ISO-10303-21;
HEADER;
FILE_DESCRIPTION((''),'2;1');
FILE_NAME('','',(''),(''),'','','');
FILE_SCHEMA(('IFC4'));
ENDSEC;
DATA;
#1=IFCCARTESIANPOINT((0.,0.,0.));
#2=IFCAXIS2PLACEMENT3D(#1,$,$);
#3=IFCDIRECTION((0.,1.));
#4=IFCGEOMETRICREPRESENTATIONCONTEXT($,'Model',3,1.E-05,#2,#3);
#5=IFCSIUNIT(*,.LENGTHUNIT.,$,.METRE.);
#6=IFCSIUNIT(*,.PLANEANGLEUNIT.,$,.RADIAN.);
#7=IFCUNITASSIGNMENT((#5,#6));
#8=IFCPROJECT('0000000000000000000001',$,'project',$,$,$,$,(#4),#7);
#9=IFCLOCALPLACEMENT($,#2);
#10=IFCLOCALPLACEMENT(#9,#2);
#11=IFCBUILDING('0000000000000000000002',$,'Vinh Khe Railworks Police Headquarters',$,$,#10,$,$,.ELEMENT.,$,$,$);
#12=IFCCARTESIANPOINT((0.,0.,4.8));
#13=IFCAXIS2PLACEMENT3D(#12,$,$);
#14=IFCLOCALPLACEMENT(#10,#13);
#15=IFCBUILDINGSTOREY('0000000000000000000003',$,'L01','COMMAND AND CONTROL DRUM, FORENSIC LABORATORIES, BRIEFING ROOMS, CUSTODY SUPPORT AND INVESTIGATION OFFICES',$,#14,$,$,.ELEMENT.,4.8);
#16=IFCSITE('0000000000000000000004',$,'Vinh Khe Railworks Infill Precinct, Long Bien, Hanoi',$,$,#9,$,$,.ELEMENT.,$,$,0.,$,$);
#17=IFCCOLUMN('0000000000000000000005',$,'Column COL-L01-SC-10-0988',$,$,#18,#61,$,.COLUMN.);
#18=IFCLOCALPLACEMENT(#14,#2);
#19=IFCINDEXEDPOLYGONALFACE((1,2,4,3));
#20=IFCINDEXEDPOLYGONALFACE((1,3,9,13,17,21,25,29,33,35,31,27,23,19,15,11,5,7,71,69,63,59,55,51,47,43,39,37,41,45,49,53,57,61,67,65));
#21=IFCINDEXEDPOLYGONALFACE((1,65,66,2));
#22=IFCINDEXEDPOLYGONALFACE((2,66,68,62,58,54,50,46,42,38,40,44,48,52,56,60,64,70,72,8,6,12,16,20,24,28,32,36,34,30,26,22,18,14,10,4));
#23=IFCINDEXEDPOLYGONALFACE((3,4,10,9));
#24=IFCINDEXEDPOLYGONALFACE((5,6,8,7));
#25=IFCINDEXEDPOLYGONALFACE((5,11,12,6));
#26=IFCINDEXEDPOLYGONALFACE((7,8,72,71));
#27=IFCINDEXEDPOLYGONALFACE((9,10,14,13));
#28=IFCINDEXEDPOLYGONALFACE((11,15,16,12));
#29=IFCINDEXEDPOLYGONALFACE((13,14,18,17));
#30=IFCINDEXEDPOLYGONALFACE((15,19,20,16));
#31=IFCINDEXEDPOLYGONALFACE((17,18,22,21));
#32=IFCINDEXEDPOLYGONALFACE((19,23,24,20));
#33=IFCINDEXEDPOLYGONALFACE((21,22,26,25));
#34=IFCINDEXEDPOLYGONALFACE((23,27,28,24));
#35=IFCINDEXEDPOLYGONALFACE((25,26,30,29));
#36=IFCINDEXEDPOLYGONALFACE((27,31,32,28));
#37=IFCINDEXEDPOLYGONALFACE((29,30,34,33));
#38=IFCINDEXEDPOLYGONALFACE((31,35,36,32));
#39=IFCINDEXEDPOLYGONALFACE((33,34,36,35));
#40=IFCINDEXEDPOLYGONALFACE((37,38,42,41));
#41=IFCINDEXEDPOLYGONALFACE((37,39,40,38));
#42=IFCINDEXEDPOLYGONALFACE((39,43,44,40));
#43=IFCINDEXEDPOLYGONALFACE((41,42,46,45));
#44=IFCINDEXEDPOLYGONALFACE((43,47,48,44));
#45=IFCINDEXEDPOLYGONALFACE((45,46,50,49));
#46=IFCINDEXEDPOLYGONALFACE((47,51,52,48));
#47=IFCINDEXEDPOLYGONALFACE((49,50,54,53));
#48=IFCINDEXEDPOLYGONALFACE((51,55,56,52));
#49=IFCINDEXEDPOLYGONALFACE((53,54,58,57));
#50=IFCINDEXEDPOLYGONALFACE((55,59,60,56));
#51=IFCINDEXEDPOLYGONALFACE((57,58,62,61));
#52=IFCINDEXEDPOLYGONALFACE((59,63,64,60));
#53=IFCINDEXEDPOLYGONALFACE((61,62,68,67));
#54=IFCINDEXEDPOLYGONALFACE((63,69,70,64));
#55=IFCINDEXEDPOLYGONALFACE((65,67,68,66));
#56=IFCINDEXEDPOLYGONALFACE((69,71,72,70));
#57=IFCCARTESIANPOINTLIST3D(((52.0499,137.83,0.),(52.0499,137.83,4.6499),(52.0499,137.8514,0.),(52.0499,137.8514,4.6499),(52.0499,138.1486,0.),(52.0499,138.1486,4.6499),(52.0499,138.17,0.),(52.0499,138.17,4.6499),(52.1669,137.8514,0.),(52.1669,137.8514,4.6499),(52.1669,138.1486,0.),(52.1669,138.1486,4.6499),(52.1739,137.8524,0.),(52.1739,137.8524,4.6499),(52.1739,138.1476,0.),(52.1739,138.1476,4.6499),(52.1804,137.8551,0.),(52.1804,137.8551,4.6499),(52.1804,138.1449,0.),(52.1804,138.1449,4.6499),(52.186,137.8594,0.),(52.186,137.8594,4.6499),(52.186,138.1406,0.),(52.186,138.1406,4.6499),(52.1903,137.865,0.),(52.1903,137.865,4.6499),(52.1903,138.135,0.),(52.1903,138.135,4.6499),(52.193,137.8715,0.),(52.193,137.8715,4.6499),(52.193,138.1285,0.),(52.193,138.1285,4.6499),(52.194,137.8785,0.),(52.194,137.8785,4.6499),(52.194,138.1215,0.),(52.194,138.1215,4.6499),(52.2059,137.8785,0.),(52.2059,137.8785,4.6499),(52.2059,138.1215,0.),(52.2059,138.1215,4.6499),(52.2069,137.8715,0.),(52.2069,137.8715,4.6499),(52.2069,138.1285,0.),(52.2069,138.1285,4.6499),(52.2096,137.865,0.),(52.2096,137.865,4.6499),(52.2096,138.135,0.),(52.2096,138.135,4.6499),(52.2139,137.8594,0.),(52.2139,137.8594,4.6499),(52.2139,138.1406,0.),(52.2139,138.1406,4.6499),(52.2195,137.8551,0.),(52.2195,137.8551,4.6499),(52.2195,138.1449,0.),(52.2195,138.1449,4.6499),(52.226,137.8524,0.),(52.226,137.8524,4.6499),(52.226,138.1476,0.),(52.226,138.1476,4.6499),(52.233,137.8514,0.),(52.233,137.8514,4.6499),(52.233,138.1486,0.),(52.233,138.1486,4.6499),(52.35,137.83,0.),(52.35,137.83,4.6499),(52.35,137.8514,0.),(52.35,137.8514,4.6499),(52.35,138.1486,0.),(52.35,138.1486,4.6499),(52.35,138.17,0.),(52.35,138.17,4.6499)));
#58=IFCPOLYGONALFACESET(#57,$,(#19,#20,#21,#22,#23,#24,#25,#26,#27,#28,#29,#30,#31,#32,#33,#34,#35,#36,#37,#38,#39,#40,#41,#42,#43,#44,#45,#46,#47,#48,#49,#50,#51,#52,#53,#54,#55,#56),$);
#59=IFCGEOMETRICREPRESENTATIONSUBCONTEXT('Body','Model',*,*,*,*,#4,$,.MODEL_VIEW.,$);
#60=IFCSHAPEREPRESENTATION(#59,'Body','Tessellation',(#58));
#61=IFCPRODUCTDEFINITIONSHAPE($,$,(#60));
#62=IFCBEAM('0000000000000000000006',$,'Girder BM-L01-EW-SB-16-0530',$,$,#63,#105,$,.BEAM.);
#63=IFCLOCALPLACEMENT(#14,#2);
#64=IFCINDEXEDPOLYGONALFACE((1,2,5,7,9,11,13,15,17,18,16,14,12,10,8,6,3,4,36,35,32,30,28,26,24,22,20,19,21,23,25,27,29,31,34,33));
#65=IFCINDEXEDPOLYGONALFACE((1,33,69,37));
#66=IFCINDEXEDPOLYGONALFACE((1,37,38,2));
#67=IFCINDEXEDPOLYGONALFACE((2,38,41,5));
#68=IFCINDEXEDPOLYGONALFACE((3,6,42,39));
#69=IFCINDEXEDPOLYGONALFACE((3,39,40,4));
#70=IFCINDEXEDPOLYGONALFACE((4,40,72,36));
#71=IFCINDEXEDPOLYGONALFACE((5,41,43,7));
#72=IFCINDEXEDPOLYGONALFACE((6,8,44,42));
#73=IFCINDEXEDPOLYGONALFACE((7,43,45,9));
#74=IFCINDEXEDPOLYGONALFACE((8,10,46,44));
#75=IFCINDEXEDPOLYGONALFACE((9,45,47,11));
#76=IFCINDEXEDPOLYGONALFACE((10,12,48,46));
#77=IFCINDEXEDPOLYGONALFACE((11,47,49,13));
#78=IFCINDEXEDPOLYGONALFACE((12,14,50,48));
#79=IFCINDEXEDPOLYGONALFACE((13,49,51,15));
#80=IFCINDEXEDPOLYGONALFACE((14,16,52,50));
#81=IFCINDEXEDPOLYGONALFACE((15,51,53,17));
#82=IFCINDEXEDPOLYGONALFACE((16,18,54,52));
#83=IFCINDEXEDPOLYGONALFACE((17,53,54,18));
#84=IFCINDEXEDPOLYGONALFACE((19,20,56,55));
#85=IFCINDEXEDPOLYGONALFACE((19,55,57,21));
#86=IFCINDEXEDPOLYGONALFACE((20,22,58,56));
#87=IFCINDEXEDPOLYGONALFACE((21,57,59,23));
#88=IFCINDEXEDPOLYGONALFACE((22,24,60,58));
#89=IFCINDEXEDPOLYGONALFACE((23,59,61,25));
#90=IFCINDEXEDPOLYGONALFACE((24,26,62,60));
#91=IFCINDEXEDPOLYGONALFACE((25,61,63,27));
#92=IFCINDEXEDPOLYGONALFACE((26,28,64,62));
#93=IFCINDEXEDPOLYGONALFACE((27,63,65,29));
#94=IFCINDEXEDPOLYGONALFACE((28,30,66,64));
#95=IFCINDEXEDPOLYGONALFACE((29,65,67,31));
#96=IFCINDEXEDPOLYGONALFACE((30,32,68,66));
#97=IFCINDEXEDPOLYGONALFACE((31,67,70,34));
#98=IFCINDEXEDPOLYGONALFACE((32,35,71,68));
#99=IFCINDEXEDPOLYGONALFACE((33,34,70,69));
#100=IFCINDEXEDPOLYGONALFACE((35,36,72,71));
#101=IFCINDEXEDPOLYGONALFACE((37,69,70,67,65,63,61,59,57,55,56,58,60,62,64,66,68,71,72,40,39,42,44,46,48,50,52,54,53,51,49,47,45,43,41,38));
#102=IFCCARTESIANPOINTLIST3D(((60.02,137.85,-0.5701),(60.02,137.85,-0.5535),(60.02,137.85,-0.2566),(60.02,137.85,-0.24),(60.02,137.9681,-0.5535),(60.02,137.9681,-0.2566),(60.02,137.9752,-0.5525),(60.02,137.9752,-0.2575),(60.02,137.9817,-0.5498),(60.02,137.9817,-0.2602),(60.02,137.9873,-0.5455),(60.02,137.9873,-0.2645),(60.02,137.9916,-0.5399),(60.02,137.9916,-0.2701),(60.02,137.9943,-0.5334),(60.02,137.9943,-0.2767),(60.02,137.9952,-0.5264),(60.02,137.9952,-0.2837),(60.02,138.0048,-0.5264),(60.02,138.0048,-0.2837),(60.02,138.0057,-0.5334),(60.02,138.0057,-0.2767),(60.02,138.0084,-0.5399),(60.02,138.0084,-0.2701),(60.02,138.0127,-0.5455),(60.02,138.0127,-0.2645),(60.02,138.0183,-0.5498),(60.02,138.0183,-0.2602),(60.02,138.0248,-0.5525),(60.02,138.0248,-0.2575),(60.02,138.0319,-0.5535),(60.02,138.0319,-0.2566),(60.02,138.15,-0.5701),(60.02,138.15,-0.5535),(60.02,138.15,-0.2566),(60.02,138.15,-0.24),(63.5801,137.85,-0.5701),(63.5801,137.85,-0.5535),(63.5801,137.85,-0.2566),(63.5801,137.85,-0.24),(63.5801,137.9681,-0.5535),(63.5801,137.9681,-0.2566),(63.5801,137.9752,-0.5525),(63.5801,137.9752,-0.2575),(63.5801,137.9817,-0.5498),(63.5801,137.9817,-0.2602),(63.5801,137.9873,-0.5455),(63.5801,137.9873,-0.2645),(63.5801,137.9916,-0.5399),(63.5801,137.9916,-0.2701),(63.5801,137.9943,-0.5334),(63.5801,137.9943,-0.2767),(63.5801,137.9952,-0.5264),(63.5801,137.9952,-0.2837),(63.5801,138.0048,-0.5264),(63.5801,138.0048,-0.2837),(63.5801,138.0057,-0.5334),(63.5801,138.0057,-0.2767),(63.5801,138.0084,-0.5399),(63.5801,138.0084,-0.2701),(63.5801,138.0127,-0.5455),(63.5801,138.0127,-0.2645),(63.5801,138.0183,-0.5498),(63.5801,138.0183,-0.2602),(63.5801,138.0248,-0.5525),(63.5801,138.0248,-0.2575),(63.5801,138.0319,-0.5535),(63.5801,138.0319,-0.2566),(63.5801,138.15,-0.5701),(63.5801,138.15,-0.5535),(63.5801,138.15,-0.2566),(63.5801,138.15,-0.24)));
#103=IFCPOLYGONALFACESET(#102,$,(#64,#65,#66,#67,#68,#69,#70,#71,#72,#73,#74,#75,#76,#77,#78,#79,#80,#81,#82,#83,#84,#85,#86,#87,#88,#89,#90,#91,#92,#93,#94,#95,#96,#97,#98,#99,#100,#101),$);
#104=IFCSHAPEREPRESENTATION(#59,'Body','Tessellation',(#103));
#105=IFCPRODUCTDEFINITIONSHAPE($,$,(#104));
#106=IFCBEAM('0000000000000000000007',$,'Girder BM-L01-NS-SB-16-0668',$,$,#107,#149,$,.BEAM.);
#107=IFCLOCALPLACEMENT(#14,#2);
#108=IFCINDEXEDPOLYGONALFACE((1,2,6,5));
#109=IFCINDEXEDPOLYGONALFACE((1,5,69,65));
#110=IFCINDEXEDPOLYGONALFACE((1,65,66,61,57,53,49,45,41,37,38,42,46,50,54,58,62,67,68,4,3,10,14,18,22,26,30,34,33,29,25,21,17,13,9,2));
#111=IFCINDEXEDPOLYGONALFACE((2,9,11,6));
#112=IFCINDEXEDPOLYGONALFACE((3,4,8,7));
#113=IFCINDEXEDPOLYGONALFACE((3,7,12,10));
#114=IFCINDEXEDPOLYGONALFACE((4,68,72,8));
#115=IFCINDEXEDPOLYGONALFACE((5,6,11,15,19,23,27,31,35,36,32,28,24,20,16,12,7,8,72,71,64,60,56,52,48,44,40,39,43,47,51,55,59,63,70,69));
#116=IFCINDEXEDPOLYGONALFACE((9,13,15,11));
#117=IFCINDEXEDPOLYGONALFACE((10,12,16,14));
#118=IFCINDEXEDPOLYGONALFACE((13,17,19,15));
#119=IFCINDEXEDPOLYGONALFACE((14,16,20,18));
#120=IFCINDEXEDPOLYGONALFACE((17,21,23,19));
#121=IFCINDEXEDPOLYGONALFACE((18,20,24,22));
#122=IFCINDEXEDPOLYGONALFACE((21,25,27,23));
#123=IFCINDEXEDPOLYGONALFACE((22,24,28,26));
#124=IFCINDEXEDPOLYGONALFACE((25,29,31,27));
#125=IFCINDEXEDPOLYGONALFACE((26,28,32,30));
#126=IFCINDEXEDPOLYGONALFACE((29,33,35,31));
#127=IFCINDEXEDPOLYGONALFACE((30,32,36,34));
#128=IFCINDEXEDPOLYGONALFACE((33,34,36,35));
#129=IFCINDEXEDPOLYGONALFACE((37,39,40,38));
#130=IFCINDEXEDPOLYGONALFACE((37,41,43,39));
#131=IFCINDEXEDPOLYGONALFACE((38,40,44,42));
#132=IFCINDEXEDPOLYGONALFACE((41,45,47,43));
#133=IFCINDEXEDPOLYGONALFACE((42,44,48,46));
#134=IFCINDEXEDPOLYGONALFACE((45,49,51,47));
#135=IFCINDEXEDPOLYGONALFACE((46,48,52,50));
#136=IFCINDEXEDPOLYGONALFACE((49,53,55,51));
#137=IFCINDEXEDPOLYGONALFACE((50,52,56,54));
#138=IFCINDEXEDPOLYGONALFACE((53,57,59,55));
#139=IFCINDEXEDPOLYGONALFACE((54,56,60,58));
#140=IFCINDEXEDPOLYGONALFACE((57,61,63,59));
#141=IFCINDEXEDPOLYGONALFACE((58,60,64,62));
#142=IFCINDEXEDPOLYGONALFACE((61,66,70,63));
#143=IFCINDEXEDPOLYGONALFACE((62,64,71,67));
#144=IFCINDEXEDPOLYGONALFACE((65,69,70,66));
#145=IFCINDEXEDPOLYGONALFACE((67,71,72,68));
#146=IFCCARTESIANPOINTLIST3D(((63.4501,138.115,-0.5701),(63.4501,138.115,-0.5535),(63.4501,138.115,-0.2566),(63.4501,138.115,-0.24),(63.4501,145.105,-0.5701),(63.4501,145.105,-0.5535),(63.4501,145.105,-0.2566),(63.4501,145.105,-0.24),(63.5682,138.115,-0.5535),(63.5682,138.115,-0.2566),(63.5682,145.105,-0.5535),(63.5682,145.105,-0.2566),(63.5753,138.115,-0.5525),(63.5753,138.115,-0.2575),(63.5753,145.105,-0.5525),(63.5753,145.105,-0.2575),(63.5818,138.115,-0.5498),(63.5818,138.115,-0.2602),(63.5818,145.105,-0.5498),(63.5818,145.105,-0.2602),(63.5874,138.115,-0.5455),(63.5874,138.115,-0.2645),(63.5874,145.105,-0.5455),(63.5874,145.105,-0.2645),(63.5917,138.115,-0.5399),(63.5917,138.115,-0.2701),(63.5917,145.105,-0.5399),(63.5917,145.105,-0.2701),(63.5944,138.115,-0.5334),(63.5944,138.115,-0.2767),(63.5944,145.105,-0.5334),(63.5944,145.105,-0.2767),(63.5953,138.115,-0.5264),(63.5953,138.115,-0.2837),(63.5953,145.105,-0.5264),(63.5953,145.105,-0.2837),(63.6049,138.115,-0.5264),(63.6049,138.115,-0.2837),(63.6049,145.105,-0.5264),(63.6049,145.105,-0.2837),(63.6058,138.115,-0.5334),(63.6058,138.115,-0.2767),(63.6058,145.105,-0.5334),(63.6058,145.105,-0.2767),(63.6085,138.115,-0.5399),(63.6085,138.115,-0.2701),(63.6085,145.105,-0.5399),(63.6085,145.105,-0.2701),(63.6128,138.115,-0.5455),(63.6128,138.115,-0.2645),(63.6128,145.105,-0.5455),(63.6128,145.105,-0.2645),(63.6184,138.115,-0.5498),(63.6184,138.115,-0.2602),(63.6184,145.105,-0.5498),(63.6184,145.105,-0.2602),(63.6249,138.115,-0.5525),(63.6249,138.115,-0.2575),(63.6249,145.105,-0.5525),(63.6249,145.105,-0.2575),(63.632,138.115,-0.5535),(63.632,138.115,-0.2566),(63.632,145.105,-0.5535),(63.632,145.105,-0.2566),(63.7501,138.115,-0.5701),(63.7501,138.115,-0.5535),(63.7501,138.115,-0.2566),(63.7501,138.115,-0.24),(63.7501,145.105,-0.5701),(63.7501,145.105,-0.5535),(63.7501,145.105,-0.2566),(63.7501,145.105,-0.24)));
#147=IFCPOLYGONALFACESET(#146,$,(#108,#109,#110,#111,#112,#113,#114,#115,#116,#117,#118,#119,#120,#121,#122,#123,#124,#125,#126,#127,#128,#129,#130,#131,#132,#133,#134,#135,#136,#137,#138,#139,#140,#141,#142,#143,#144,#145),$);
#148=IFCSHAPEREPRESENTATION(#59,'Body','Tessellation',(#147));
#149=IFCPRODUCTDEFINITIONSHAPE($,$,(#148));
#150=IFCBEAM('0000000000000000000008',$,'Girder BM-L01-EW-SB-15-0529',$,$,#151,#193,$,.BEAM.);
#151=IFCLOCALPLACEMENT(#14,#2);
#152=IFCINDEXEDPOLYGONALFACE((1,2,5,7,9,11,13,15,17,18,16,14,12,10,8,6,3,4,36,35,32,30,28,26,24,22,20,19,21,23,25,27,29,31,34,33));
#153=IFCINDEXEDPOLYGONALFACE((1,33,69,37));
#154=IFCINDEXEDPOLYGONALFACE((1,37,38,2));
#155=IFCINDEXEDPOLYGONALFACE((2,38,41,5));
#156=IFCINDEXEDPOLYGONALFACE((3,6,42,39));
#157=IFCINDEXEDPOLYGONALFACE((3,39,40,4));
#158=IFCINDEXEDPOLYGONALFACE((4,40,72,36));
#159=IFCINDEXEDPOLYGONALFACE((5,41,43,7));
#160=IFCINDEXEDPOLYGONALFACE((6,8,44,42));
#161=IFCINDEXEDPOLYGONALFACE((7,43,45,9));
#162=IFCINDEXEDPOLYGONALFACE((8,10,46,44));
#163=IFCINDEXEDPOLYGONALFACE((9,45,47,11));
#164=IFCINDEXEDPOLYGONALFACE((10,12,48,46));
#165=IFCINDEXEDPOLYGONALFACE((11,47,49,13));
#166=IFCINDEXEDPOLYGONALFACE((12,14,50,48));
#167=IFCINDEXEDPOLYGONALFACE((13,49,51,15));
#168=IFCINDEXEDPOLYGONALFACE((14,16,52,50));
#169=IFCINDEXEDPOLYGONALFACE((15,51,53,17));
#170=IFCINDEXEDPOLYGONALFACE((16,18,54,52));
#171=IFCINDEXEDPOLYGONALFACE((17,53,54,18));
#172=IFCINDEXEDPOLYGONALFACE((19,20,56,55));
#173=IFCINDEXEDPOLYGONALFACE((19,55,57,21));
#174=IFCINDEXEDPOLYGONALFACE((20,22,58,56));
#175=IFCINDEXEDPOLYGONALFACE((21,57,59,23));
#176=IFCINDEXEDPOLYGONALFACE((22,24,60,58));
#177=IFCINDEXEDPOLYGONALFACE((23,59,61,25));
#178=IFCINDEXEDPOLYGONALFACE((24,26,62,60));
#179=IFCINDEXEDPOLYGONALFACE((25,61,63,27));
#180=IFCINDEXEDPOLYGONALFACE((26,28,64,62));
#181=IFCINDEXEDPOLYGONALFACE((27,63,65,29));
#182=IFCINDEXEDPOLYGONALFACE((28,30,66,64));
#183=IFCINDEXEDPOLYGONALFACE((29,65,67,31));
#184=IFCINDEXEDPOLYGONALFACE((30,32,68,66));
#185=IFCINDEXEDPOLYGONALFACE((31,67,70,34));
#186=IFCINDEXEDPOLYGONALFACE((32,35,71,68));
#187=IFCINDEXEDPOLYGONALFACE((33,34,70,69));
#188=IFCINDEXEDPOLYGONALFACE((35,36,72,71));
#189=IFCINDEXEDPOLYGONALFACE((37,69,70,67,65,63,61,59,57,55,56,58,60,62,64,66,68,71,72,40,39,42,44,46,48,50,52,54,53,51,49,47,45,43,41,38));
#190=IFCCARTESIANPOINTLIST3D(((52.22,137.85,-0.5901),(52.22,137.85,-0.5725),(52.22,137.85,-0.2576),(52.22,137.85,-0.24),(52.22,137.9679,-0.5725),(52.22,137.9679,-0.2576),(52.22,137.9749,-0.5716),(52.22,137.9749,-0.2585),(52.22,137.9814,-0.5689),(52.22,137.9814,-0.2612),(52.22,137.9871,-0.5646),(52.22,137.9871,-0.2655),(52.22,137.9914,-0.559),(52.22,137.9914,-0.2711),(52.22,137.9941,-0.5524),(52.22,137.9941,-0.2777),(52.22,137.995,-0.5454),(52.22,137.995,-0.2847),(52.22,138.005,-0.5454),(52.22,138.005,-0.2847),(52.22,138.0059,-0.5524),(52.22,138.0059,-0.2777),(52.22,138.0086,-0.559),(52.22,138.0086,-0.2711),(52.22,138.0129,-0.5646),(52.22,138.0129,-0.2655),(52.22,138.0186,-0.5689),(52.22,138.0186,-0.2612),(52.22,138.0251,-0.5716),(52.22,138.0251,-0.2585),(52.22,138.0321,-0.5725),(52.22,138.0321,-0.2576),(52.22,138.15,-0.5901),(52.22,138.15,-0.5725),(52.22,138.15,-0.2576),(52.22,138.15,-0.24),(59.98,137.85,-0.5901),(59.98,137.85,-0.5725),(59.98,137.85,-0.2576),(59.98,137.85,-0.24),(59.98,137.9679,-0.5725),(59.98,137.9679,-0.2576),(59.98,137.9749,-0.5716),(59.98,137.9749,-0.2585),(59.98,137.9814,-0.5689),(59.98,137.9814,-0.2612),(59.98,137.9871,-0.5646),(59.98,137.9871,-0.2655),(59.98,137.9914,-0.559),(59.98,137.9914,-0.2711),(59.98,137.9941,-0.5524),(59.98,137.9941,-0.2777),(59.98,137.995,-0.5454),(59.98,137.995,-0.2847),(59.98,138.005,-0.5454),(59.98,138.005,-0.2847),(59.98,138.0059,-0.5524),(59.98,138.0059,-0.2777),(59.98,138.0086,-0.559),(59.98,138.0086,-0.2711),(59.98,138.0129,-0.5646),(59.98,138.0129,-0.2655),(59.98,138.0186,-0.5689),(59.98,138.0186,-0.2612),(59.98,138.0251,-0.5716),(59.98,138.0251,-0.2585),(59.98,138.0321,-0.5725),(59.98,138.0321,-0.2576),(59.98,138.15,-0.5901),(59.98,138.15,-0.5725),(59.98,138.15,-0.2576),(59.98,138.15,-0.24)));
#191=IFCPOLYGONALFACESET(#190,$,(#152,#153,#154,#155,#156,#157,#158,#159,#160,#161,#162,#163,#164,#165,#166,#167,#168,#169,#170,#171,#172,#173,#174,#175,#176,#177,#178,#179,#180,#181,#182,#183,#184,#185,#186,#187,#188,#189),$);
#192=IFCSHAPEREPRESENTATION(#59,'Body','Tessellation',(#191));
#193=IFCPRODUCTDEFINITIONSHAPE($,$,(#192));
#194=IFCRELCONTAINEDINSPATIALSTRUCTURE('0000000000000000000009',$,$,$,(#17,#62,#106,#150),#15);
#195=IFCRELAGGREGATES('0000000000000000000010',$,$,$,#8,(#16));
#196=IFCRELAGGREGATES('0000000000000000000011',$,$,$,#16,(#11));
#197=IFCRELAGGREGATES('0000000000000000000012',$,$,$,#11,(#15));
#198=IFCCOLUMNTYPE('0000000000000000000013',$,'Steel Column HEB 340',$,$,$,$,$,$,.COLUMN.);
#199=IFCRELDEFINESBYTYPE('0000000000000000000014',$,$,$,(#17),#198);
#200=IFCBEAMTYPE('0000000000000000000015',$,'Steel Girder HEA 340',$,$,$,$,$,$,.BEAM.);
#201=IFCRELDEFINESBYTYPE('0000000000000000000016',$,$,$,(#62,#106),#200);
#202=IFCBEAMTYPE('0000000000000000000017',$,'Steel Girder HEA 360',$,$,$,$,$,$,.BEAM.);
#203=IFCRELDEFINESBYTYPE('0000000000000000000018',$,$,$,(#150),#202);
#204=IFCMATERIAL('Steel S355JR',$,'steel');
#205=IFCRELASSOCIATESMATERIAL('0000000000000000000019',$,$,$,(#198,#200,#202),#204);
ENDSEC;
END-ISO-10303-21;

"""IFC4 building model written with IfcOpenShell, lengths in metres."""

from ifc_helpers import new_model, si_unit, direction, frame, origin, origin_2d, place, context, subcontext, project, spatial, i_section, extrude, material, material_profile, profile_set, type_object, element, save


model = new_model("IFC4")

# Units and contexts
model_context = context("Model", 3, precision=1e-05, world=origin(), true_north=direction((0.0, 1.0)))
body_context = subcontext(model_context, "Body", "Model", "MODEL_VIEW")
ifc_project = project(units=[si_unit("LENGTHUNIT", "METRE"), si_unit("PLANEANGLEUNIT", "RADIAN")], contexts=[model_context])

# Site, building, storey
site_placement = place(None, origin())
site = spatial("IfcSite", under=ifc_project, at=site_placement, Name="Vinh Khe Railworks Infill Precinct, Long Bien, Hanoi", CompositionType="ELEMENT", RefElevation=0.0)
building_placement = place(site_placement, origin())
building = spatial("IfcBuilding", under=site, at=building_placement, Name="Vinh Khe Railworks Police Headquarters", CompositionType="ELEMENT")
storey_placement = place(building_placement, frame((0.0, 0.0, 4.8)))
storey = spatial("IfcBuildingStorey", under=building, at=storey_placement, Name="L01", Description="COMMAND AND CONTROL DRUM, FORENSIC LABORATORIES, BRIEFING ROOMS, CUSTODY SUPPORT AND INVESTIGATION OFFICES", CompositionType="ELEMENT", Elevation=4.8)

# Column
ifc_material_1 = material(Name="Steel S355JR", Category="steel")
ifc_material_profile_1 = material_profile(ifc_material_1, i_section(OverallWidth=0.3, OverallDepth=0.3401, WebThickness=0.012, FlangeThickness=0.0215, FilletRadius=0.0271, at=origin_2d()), Name="HEB 340")
ifc_profile_set_1 = profile_set([ifc_material_profile_1], Name="Steel S355JR")
column_type_1 = type_object("IfcColumnType", Name="Steel Column HEB 340", PredefinedType="COLUMN", material=ifc_profile_set_1)
column_1_placement = place(storey_placement, frame((52.2, 138.0, 0.0), z_axis=(0.0, 0.0, 1.0), x_axis=(1.0, 0.0, 0.0)))
element("IfcColumn", 1, at=column_1_placement, inside=storey, type_object=column_type_1, Name="Column COL-L01-SC-10-0988", PredefinedType="COLUMN", context=body_context, shape_type="SweptSolid", body=[
    extrude(i_section(OverallWidth=0.3, OverallDepth=0.3401, WebThickness=0.012, FlangeThickness=0.0215, FilletRadius=0.0271, at=origin_2d()), origin(), (0.0, 0.0, 1.0), 4.6499),
])

# Beams
ifc_material_profile_2 = material_profile(ifc_material_1, i_section(OverallWidth=0.3, OverallDepth=0.3301, WebThickness=0.0095, FlangeThickness=0.0166, FilletRadius=0.0271, at=origin_2d()), Name="HEA 340")
ifc_profile_set_2 = profile_set([ifc_material_profile_2], Name="Steel S355JR")
beam_type_1 = type_object("IfcBeamType", Name="Steel Girder HEA 340", PredefinedType="BEAM", material=ifc_profile_set_2)
beam_1_placement = place(storey_placement, frame((60.02, 138.0, -0.405), z_axis=(1.0, 0.0, 0.0), x_axis=(0.0, 1.0, 0.0)))
element("IfcBeam", 2, at=beam_1_placement, inside=storey, type_object=beam_type_1, Name="Girder BM-L01-EW-SB-16-0530", PredefinedType="BEAM", context=body_context, shape_type="SweptSolid", body=[
    extrude(i_section(OverallWidth=0.3, OverallDepth=0.3301, WebThickness=0.0095, FlangeThickness=0.0166, FilletRadius=0.0271, at=origin_2d()), origin(), (0.0, 0.0, 1.0), 3.5601),
])
beam_2_placement = place(storey_placement, frame((63.6001, 138.115, -0.405), z_axis=(0.0, 1.0, 0.0), x_axis=(-1.0, 0.0, 0.0)))
element("IfcBeam", 3, at=beam_2_placement, inside=storey, type_object=beam_type_1, Name="Girder BM-L01-NS-SB-16-0668", PredefinedType="BEAM", context=body_context, shape_type="SweptSolid", body=[
    extrude(i_section(OverallWidth=0.3, OverallDepth=0.3301, WebThickness=0.0095, FlangeThickness=0.0166, FilletRadius=0.0271, at=origin_2d()), origin(), (0.0, 0.0, 1.0), 6.99),
])
ifc_material_profile_3 = material_profile(ifc_material_1, i_section(OverallWidth=0.3, OverallDepth=0.3501, WebThickness=0.01, FlangeThickness=0.0176, FilletRadius=0.0271, at=origin_2d()), Name="HEA 360")
ifc_profile_set_3 = profile_set([ifc_material_profile_3], Name="Steel S355JR")
beam_type_2 = type_object("IfcBeamType", Name="Steel Girder HEA 360", PredefinedType="BEAM", material=ifc_profile_set_3)
beam_3_placement = place(storey_placement, frame((52.22, 138.0, -0.415), z_axis=(1.0, 0.0, 0.0), x_axis=(0.0, 1.0, 0.0)))
element("IfcBeam", 4, at=beam_3_placement, inside=storey, type_object=beam_type_2, Name="Girder BM-L01-EW-SB-15-0529", PredefinedType="BEAM", context=body_context, shape_type="SweptSolid", body=[
    extrude(i_section(OverallWidth=0.3, OverallDepth=0.3501, WebThickness=0.01, FlangeThickness=0.0176, FilletRadius=0.0271, at=origin_2d()), origin(), (0.0, 0.0, 1.0), 7.76),
])

save(model, "model.ifc")
